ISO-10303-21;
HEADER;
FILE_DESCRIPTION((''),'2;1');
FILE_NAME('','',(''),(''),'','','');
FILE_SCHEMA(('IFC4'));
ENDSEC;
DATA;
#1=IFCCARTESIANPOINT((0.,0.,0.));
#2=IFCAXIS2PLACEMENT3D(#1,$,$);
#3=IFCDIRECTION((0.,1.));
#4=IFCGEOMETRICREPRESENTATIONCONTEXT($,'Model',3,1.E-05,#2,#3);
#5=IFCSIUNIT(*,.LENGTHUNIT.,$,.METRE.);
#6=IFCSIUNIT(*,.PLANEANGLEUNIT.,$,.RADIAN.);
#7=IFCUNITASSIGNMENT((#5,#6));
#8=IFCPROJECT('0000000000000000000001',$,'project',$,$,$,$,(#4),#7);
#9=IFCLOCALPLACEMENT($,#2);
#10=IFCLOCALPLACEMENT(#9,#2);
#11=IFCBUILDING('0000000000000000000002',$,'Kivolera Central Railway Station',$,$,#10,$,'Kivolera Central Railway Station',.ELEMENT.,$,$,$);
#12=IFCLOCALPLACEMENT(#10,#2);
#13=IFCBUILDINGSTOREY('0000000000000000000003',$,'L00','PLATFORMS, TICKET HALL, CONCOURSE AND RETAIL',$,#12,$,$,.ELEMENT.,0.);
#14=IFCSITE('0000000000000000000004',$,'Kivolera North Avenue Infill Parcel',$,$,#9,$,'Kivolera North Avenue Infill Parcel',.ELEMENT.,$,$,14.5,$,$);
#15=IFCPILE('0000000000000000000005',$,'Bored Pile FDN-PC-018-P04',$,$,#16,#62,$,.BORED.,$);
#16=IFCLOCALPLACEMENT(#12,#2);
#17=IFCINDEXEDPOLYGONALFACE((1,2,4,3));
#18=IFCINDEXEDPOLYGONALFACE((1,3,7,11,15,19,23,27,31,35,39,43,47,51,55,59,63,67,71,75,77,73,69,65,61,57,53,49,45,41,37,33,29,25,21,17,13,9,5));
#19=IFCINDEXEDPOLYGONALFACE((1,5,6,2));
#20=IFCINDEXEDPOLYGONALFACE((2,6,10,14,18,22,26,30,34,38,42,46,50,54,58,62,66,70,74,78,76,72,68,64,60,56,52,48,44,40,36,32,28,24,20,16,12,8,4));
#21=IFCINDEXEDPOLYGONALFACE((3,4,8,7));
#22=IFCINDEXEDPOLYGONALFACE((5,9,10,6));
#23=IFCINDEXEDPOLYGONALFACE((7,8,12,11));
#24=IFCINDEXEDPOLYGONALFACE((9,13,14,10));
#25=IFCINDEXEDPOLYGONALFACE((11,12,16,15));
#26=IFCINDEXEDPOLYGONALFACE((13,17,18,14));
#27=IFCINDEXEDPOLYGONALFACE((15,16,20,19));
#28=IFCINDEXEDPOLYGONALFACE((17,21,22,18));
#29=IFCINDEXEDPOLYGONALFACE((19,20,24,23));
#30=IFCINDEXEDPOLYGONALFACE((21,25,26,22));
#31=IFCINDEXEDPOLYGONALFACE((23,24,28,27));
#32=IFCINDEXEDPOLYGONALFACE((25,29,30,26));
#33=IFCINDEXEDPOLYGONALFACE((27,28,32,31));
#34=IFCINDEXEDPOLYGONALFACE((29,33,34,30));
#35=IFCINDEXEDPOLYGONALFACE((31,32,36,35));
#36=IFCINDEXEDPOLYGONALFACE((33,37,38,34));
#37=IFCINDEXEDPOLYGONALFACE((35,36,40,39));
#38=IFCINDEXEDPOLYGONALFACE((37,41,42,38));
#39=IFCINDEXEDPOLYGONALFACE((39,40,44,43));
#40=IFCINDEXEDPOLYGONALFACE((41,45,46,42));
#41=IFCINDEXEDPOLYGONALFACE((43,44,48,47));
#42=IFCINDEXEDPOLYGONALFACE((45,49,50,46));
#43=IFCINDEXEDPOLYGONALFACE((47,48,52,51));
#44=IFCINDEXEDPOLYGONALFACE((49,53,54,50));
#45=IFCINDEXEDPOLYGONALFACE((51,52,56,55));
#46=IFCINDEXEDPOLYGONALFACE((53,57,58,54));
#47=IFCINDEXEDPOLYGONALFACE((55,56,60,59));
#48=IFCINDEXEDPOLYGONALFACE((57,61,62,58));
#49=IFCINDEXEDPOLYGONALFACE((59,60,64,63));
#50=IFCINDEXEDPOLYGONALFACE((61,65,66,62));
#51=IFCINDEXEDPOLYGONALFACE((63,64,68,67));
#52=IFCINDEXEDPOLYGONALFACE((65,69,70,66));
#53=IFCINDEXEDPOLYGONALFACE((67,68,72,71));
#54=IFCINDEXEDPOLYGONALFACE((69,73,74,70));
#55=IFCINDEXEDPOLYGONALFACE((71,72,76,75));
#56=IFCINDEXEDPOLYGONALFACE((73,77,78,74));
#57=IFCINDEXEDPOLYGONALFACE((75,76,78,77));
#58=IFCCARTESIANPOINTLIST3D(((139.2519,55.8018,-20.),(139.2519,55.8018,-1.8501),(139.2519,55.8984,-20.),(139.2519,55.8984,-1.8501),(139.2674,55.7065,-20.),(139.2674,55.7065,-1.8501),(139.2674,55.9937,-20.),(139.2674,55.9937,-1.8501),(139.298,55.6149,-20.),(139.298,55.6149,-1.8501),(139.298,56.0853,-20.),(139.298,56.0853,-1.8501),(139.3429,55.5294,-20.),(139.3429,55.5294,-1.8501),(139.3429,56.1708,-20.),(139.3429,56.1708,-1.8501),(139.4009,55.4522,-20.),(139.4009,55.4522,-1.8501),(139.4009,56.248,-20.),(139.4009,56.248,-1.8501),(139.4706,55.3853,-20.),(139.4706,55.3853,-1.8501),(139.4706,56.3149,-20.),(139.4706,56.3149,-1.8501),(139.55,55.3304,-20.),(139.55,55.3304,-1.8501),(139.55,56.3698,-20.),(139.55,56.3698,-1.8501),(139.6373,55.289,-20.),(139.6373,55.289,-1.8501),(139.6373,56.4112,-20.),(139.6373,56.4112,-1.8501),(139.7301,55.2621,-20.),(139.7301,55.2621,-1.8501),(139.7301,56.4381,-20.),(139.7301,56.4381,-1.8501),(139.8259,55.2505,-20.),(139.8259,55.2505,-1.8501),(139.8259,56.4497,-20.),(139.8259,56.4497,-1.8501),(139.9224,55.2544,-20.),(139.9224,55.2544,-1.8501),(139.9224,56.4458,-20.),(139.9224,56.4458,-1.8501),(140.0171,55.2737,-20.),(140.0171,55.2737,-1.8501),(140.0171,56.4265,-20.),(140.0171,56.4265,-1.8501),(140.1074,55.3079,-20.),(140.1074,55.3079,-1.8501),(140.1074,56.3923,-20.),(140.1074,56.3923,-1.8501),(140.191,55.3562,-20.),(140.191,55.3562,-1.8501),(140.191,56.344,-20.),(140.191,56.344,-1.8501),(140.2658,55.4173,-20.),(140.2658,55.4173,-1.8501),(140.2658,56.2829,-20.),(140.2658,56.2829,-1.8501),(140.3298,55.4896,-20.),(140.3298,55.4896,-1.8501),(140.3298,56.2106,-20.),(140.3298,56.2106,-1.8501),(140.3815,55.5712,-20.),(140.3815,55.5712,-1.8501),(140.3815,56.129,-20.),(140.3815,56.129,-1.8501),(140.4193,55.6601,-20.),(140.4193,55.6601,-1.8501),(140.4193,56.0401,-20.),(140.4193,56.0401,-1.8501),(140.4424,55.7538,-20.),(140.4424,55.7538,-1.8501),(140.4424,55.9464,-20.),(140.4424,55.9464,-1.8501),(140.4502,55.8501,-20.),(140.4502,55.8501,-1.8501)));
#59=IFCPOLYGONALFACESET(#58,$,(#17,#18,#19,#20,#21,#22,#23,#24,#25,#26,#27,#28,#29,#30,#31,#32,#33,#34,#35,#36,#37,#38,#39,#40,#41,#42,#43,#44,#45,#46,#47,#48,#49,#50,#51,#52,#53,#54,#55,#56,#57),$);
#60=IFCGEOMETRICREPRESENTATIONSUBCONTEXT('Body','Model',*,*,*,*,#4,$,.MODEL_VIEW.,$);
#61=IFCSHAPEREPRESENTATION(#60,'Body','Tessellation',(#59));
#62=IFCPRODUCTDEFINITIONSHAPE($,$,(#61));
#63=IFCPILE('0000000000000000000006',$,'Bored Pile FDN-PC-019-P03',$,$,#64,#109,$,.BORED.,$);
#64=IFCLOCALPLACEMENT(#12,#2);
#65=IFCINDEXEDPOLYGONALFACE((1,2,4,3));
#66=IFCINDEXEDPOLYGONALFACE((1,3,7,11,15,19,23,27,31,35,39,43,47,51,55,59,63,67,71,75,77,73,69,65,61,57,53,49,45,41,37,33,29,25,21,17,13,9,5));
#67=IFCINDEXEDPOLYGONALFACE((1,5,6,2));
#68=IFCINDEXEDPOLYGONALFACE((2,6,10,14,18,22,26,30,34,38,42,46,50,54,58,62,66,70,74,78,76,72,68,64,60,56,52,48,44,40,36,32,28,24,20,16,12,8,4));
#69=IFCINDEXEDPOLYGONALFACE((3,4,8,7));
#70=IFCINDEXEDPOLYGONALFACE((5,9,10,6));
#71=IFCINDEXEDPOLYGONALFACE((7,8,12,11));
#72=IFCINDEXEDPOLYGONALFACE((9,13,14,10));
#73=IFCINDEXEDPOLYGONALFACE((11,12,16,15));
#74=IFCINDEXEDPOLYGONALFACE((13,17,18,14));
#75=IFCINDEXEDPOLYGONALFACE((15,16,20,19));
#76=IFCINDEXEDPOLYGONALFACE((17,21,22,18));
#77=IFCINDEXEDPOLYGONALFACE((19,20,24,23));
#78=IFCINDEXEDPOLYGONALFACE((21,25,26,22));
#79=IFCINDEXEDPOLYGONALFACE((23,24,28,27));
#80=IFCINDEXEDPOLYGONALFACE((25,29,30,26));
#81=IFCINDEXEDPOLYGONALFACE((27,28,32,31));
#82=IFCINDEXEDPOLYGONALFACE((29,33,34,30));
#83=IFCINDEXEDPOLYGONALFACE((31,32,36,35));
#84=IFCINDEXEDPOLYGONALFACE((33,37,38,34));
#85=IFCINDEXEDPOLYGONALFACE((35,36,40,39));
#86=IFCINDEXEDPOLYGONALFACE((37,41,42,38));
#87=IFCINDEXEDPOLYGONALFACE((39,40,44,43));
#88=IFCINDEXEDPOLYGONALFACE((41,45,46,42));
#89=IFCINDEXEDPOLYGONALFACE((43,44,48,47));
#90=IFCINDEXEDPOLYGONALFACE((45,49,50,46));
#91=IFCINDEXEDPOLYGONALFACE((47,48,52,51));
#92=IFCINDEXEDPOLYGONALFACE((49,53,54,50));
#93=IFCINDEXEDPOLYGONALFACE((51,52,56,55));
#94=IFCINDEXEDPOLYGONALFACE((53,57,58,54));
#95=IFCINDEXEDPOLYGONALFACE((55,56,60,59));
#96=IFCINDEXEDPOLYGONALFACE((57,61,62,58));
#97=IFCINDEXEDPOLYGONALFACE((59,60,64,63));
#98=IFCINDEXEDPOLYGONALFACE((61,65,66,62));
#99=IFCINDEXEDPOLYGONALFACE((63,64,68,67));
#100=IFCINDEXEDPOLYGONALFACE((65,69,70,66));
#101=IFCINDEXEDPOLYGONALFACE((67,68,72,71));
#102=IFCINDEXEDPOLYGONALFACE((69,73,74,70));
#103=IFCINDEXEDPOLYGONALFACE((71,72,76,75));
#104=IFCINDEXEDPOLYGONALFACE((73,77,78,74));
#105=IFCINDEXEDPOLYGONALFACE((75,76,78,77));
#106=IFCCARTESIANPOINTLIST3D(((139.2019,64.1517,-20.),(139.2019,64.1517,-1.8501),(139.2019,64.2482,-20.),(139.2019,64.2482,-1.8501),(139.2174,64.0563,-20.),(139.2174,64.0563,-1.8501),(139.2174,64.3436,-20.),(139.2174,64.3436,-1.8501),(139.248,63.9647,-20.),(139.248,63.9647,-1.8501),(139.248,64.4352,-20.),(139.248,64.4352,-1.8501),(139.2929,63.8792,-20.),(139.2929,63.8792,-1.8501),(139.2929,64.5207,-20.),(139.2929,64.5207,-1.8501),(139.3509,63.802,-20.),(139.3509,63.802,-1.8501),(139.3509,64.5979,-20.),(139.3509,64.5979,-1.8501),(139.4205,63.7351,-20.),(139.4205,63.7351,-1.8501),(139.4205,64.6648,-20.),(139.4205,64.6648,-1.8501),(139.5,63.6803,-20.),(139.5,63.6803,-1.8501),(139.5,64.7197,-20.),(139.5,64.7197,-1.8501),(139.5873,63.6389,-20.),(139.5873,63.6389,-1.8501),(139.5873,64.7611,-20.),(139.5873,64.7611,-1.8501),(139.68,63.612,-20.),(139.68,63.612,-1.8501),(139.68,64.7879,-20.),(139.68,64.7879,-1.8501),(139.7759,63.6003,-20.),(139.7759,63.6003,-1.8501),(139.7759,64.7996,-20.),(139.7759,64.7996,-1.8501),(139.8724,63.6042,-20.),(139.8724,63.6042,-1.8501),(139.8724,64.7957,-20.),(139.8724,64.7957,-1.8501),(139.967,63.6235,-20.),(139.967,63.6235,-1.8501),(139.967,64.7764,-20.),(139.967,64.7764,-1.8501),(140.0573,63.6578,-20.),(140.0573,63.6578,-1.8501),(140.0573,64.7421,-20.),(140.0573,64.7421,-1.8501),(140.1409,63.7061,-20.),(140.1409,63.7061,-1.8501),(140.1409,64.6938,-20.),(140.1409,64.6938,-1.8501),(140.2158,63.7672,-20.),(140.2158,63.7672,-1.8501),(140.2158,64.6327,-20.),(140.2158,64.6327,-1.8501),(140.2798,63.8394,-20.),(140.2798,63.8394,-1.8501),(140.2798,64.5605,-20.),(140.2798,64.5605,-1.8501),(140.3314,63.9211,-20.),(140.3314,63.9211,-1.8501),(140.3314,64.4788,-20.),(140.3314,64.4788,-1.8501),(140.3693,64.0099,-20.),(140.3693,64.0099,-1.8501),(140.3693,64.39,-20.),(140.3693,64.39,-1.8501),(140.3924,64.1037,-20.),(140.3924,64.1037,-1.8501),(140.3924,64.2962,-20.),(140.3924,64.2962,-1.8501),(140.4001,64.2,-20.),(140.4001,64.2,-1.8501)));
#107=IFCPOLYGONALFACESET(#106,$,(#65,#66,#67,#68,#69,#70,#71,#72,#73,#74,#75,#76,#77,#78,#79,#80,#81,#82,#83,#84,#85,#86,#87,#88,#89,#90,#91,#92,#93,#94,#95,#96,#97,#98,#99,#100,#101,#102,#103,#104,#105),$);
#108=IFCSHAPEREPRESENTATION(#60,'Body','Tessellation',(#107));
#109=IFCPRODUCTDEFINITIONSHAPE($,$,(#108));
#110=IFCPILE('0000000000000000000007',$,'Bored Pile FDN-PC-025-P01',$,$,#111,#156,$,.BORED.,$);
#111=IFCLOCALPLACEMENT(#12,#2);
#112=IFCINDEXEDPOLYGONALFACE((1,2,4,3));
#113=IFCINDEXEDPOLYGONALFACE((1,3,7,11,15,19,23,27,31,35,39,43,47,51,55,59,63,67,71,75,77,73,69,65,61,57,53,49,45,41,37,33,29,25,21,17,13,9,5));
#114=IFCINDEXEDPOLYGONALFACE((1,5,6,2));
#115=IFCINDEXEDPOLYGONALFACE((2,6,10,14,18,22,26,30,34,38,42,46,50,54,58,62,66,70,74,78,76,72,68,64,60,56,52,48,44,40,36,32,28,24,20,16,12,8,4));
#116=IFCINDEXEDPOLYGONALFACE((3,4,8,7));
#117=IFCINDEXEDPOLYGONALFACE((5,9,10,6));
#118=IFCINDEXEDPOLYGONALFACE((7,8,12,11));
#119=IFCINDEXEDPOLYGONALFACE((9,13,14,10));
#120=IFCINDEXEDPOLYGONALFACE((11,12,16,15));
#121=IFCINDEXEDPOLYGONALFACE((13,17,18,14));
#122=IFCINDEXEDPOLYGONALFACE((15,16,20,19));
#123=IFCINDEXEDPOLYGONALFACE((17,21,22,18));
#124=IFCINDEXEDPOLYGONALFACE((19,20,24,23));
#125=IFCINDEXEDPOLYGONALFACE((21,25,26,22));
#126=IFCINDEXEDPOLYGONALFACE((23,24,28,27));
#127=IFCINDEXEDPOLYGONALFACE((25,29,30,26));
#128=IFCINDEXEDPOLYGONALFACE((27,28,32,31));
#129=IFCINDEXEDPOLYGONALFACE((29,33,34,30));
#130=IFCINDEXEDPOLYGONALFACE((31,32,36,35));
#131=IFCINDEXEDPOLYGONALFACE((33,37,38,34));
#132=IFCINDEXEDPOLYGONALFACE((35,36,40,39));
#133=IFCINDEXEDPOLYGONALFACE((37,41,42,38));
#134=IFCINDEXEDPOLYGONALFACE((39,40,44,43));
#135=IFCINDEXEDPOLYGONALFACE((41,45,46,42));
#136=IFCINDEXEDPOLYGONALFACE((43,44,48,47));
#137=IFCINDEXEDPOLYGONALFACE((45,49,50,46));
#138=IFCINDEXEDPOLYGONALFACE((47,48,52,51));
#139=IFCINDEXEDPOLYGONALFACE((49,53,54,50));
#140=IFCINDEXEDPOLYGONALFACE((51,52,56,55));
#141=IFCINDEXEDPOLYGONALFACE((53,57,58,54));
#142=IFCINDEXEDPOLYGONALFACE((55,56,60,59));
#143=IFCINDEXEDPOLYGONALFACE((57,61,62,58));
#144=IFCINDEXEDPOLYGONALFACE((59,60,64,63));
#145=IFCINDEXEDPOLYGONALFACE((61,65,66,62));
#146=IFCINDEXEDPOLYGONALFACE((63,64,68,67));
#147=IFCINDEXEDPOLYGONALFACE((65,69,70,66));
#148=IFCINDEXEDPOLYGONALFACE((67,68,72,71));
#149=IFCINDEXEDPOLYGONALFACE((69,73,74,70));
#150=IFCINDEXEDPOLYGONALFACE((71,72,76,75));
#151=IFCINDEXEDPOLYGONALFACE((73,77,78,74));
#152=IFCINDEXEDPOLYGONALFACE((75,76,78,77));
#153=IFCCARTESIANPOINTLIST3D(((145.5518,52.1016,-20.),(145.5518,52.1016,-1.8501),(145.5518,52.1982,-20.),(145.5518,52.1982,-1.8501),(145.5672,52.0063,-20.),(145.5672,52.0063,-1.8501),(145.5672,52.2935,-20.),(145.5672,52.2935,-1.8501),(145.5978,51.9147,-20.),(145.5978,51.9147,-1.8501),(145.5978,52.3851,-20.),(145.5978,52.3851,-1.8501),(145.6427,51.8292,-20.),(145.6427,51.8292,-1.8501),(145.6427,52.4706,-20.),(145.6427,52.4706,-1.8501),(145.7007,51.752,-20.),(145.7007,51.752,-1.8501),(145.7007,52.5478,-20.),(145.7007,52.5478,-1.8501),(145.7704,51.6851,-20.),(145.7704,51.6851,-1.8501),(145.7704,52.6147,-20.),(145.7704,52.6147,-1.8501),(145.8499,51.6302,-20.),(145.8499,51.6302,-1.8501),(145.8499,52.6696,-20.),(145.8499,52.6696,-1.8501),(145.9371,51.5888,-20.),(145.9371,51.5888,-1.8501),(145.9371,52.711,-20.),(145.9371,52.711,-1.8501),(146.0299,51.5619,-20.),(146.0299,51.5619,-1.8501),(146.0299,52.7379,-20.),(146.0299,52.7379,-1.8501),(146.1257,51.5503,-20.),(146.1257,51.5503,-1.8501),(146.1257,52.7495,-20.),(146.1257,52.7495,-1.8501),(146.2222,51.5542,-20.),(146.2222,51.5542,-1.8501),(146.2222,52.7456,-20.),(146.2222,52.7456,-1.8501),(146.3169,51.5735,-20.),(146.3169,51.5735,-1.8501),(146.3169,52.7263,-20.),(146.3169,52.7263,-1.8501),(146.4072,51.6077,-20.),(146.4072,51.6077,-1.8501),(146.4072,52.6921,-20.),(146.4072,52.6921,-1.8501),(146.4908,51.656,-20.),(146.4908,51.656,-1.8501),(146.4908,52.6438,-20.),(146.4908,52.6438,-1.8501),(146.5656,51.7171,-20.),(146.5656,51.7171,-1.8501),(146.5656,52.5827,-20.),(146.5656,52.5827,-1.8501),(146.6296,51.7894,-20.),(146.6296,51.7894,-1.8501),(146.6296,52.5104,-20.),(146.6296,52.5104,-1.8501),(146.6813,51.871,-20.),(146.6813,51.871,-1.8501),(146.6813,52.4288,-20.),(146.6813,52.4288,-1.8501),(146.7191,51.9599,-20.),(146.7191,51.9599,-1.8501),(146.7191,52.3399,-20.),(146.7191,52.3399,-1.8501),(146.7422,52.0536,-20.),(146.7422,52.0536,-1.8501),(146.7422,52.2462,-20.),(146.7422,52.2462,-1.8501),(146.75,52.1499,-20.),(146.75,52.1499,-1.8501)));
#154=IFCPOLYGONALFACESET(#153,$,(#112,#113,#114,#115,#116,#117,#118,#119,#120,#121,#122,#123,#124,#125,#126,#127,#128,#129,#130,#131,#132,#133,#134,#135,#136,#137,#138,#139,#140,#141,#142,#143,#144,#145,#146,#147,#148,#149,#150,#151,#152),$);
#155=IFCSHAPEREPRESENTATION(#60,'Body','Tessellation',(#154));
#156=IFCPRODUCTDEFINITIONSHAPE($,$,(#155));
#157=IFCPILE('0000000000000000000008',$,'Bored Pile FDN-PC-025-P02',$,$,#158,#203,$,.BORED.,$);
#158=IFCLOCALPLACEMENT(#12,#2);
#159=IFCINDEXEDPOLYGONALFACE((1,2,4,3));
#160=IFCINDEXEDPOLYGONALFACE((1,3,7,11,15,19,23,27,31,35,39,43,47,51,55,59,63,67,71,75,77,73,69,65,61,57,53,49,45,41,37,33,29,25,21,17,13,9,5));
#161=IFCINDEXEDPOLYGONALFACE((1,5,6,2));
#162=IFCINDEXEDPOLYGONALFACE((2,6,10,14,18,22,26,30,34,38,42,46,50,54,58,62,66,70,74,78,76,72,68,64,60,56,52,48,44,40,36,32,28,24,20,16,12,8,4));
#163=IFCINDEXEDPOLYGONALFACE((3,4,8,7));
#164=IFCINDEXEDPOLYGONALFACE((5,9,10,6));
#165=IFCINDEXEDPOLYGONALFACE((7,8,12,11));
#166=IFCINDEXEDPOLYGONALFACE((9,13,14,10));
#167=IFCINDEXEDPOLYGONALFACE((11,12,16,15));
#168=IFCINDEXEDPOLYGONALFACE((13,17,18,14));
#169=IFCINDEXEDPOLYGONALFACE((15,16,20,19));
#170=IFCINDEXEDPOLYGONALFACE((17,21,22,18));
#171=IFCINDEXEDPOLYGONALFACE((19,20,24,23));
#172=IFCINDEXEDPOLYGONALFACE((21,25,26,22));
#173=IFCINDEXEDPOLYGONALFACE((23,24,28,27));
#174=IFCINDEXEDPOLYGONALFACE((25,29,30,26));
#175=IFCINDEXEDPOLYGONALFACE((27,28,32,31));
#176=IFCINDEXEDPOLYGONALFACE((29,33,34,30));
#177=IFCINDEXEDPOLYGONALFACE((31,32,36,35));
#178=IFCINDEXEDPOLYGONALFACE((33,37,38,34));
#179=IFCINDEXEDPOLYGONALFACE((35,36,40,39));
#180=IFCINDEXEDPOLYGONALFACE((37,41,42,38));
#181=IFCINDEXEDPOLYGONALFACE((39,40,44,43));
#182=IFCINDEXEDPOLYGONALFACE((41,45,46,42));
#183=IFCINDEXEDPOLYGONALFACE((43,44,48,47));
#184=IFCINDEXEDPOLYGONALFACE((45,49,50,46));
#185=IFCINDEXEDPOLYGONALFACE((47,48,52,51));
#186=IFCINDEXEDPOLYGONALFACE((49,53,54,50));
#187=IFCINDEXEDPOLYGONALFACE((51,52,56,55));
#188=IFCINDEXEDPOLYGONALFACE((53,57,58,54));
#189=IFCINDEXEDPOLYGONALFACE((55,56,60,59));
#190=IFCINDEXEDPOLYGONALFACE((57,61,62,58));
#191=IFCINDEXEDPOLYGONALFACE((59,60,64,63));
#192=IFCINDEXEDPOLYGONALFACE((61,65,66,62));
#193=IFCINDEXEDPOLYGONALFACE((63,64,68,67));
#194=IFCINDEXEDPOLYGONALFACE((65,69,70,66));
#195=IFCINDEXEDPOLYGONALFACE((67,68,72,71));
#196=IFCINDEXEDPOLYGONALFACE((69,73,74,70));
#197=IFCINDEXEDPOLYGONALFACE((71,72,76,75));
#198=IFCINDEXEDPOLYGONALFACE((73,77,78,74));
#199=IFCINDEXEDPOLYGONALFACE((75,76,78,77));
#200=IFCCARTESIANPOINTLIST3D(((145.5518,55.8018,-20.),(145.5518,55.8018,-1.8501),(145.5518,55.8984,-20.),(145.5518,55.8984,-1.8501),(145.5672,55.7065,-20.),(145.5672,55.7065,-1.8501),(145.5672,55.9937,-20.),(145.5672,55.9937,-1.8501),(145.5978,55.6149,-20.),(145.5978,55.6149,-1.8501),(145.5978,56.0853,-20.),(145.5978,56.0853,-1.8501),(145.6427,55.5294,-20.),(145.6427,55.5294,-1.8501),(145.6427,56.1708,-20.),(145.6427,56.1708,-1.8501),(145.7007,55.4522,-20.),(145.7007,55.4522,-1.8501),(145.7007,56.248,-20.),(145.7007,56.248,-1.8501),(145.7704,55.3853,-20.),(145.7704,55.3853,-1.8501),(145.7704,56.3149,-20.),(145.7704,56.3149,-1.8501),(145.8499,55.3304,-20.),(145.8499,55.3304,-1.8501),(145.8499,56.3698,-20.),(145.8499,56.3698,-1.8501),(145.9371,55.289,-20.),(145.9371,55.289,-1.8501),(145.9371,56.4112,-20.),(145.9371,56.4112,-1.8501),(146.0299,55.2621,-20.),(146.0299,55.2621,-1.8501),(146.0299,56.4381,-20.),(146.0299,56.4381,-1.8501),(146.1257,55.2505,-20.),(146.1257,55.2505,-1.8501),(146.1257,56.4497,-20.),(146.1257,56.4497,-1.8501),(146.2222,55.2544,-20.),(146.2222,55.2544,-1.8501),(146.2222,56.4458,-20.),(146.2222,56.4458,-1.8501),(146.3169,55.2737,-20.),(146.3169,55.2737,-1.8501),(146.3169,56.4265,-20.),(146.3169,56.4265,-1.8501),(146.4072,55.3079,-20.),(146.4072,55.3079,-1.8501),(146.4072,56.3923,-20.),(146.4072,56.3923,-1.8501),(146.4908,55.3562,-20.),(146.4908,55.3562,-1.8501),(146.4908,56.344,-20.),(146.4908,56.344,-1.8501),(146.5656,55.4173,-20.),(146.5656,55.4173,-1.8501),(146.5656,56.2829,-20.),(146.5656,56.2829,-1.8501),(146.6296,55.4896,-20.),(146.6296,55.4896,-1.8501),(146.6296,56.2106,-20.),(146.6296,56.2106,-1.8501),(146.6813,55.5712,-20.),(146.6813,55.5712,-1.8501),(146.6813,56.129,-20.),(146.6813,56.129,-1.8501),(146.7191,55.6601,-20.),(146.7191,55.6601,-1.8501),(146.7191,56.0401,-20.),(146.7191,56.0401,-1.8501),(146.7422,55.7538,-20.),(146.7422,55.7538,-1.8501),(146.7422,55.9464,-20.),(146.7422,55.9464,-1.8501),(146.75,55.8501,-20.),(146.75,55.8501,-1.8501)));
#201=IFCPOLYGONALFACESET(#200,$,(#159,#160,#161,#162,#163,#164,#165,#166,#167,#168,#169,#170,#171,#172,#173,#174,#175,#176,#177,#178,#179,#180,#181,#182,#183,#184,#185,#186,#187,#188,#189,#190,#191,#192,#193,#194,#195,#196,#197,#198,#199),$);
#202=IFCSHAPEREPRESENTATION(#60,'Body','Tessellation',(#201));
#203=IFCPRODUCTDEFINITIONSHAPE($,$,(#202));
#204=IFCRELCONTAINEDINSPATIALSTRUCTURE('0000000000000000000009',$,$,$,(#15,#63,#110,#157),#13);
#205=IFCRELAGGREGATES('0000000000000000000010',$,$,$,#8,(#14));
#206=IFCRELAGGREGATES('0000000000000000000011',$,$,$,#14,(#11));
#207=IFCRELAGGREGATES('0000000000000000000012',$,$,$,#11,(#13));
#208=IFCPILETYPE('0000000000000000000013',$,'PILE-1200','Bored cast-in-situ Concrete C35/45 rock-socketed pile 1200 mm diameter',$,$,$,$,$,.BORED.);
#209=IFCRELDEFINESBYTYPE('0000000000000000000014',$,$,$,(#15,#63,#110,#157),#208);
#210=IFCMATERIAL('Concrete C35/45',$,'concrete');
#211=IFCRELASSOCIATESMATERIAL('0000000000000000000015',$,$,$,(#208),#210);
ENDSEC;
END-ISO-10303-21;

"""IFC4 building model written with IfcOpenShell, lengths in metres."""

from ifc_helpers import new_model, si_unit, direction, frame, origin, origin_2d, place, context, subcontext, project, spatial, circle, extrude, material, material_profile, profile_set, type_object, element, save


model = new_model("IFC4")

# Units and contexts
model_context = context("Model", 3, precision=1e-05, world=origin(), true_north=direction((0.0, 1.0)))
body_context = subcontext(model_context, "Body", "Model", "MODEL_VIEW")
ifc_project = project(units=[si_unit("LENGTHUNIT", "METRE"), si_unit("PLANEANGLEUNIT", "RADIAN")], contexts=[model_context])

# Site, building, storey
site_placement = place(None, origin())
site = spatial("IfcSite", under=ifc_project, at=site_placement, Name="Kivolera North Avenue Infill Parcel", LongName="Kivolera North Avenue Infill Parcel", CompositionType="ELEMENT", RefElevation=14.5)
building_placement = place(site_placement, origin())
building = spatial("IfcBuilding", under=site, at=building_placement, Name="Kivolera Central Railway Station", LongName="Kivolera Central Railway Station", CompositionType="ELEMENT")
storey_placement = place(building_placement, origin())
storey = spatial("IfcBuildingStorey", under=building, at=storey_placement, Name="L00", Description="PLATFORMS, TICKET HALL, CONCOURSE AND RETAIL", CompositionType="ELEMENT", Elevation=0.0)

# Shared definitions
ifc_material_1 = material(Name="Concrete C35/45", Category="concrete")

# Piles
ifc_material_profile_1 = material_profile(ifc_material_1, circle(Radius=0.6001, at=origin_2d()), Name="PILE D1200")
ifc_profile_set_1 = profile_set([ifc_material_profile_1], Name="Concrete C35/45")
pile_type = type_object("IfcPileType", Name="PILE-1200", Description="Bored cast-in-situ Concrete C35/45 rock-socketed pile 1200 mm diameter", PredefinedType="BORED", material=ifc_profile_set_1)
for number, where, z_axis, x_axis, name in (
    (1, (139.8501, 55.8501, -1.8501), (0.0, 0.0, -1.0), (1.0, 0.0, 0.0), "Bored Pile FDN-PC-018-P04"),
    (2, (139.8, 64.2, -1.8501), (0.0, 0.0, -1.0), (1.0, 0.0, 0.0), "Bored Pile FDN-PC-019-P03"),
    (3, (146.1499, 52.1499, -1.8501), (0.0, 0.0, -1.0), (1.0, 0.0, 0.0), "Bored Pile FDN-PC-025-P01"),
    (4, (146.1499, 55.8501, -1.8501), (0.0, 0.0, -1.0), (1.0, 0.0, 0.0), "Bored Pile FDN-PC-025-P02"),
):
    element("IfcPile", number, at=place(storey_placement, frame(where, z_axis=z_axis, x_axis=x_axis)), inside=storey, type_object=pile_type, Name=name, PredefinedType="BORED", context=body_context, shape_type="SweptSolid", body=[
        extrude(circle(Radius=0.6001, at=origin_2d()), origin(), (0.0, 0.0, 1.0), 18.1499),
    ])

save(model, "model.ifc")
